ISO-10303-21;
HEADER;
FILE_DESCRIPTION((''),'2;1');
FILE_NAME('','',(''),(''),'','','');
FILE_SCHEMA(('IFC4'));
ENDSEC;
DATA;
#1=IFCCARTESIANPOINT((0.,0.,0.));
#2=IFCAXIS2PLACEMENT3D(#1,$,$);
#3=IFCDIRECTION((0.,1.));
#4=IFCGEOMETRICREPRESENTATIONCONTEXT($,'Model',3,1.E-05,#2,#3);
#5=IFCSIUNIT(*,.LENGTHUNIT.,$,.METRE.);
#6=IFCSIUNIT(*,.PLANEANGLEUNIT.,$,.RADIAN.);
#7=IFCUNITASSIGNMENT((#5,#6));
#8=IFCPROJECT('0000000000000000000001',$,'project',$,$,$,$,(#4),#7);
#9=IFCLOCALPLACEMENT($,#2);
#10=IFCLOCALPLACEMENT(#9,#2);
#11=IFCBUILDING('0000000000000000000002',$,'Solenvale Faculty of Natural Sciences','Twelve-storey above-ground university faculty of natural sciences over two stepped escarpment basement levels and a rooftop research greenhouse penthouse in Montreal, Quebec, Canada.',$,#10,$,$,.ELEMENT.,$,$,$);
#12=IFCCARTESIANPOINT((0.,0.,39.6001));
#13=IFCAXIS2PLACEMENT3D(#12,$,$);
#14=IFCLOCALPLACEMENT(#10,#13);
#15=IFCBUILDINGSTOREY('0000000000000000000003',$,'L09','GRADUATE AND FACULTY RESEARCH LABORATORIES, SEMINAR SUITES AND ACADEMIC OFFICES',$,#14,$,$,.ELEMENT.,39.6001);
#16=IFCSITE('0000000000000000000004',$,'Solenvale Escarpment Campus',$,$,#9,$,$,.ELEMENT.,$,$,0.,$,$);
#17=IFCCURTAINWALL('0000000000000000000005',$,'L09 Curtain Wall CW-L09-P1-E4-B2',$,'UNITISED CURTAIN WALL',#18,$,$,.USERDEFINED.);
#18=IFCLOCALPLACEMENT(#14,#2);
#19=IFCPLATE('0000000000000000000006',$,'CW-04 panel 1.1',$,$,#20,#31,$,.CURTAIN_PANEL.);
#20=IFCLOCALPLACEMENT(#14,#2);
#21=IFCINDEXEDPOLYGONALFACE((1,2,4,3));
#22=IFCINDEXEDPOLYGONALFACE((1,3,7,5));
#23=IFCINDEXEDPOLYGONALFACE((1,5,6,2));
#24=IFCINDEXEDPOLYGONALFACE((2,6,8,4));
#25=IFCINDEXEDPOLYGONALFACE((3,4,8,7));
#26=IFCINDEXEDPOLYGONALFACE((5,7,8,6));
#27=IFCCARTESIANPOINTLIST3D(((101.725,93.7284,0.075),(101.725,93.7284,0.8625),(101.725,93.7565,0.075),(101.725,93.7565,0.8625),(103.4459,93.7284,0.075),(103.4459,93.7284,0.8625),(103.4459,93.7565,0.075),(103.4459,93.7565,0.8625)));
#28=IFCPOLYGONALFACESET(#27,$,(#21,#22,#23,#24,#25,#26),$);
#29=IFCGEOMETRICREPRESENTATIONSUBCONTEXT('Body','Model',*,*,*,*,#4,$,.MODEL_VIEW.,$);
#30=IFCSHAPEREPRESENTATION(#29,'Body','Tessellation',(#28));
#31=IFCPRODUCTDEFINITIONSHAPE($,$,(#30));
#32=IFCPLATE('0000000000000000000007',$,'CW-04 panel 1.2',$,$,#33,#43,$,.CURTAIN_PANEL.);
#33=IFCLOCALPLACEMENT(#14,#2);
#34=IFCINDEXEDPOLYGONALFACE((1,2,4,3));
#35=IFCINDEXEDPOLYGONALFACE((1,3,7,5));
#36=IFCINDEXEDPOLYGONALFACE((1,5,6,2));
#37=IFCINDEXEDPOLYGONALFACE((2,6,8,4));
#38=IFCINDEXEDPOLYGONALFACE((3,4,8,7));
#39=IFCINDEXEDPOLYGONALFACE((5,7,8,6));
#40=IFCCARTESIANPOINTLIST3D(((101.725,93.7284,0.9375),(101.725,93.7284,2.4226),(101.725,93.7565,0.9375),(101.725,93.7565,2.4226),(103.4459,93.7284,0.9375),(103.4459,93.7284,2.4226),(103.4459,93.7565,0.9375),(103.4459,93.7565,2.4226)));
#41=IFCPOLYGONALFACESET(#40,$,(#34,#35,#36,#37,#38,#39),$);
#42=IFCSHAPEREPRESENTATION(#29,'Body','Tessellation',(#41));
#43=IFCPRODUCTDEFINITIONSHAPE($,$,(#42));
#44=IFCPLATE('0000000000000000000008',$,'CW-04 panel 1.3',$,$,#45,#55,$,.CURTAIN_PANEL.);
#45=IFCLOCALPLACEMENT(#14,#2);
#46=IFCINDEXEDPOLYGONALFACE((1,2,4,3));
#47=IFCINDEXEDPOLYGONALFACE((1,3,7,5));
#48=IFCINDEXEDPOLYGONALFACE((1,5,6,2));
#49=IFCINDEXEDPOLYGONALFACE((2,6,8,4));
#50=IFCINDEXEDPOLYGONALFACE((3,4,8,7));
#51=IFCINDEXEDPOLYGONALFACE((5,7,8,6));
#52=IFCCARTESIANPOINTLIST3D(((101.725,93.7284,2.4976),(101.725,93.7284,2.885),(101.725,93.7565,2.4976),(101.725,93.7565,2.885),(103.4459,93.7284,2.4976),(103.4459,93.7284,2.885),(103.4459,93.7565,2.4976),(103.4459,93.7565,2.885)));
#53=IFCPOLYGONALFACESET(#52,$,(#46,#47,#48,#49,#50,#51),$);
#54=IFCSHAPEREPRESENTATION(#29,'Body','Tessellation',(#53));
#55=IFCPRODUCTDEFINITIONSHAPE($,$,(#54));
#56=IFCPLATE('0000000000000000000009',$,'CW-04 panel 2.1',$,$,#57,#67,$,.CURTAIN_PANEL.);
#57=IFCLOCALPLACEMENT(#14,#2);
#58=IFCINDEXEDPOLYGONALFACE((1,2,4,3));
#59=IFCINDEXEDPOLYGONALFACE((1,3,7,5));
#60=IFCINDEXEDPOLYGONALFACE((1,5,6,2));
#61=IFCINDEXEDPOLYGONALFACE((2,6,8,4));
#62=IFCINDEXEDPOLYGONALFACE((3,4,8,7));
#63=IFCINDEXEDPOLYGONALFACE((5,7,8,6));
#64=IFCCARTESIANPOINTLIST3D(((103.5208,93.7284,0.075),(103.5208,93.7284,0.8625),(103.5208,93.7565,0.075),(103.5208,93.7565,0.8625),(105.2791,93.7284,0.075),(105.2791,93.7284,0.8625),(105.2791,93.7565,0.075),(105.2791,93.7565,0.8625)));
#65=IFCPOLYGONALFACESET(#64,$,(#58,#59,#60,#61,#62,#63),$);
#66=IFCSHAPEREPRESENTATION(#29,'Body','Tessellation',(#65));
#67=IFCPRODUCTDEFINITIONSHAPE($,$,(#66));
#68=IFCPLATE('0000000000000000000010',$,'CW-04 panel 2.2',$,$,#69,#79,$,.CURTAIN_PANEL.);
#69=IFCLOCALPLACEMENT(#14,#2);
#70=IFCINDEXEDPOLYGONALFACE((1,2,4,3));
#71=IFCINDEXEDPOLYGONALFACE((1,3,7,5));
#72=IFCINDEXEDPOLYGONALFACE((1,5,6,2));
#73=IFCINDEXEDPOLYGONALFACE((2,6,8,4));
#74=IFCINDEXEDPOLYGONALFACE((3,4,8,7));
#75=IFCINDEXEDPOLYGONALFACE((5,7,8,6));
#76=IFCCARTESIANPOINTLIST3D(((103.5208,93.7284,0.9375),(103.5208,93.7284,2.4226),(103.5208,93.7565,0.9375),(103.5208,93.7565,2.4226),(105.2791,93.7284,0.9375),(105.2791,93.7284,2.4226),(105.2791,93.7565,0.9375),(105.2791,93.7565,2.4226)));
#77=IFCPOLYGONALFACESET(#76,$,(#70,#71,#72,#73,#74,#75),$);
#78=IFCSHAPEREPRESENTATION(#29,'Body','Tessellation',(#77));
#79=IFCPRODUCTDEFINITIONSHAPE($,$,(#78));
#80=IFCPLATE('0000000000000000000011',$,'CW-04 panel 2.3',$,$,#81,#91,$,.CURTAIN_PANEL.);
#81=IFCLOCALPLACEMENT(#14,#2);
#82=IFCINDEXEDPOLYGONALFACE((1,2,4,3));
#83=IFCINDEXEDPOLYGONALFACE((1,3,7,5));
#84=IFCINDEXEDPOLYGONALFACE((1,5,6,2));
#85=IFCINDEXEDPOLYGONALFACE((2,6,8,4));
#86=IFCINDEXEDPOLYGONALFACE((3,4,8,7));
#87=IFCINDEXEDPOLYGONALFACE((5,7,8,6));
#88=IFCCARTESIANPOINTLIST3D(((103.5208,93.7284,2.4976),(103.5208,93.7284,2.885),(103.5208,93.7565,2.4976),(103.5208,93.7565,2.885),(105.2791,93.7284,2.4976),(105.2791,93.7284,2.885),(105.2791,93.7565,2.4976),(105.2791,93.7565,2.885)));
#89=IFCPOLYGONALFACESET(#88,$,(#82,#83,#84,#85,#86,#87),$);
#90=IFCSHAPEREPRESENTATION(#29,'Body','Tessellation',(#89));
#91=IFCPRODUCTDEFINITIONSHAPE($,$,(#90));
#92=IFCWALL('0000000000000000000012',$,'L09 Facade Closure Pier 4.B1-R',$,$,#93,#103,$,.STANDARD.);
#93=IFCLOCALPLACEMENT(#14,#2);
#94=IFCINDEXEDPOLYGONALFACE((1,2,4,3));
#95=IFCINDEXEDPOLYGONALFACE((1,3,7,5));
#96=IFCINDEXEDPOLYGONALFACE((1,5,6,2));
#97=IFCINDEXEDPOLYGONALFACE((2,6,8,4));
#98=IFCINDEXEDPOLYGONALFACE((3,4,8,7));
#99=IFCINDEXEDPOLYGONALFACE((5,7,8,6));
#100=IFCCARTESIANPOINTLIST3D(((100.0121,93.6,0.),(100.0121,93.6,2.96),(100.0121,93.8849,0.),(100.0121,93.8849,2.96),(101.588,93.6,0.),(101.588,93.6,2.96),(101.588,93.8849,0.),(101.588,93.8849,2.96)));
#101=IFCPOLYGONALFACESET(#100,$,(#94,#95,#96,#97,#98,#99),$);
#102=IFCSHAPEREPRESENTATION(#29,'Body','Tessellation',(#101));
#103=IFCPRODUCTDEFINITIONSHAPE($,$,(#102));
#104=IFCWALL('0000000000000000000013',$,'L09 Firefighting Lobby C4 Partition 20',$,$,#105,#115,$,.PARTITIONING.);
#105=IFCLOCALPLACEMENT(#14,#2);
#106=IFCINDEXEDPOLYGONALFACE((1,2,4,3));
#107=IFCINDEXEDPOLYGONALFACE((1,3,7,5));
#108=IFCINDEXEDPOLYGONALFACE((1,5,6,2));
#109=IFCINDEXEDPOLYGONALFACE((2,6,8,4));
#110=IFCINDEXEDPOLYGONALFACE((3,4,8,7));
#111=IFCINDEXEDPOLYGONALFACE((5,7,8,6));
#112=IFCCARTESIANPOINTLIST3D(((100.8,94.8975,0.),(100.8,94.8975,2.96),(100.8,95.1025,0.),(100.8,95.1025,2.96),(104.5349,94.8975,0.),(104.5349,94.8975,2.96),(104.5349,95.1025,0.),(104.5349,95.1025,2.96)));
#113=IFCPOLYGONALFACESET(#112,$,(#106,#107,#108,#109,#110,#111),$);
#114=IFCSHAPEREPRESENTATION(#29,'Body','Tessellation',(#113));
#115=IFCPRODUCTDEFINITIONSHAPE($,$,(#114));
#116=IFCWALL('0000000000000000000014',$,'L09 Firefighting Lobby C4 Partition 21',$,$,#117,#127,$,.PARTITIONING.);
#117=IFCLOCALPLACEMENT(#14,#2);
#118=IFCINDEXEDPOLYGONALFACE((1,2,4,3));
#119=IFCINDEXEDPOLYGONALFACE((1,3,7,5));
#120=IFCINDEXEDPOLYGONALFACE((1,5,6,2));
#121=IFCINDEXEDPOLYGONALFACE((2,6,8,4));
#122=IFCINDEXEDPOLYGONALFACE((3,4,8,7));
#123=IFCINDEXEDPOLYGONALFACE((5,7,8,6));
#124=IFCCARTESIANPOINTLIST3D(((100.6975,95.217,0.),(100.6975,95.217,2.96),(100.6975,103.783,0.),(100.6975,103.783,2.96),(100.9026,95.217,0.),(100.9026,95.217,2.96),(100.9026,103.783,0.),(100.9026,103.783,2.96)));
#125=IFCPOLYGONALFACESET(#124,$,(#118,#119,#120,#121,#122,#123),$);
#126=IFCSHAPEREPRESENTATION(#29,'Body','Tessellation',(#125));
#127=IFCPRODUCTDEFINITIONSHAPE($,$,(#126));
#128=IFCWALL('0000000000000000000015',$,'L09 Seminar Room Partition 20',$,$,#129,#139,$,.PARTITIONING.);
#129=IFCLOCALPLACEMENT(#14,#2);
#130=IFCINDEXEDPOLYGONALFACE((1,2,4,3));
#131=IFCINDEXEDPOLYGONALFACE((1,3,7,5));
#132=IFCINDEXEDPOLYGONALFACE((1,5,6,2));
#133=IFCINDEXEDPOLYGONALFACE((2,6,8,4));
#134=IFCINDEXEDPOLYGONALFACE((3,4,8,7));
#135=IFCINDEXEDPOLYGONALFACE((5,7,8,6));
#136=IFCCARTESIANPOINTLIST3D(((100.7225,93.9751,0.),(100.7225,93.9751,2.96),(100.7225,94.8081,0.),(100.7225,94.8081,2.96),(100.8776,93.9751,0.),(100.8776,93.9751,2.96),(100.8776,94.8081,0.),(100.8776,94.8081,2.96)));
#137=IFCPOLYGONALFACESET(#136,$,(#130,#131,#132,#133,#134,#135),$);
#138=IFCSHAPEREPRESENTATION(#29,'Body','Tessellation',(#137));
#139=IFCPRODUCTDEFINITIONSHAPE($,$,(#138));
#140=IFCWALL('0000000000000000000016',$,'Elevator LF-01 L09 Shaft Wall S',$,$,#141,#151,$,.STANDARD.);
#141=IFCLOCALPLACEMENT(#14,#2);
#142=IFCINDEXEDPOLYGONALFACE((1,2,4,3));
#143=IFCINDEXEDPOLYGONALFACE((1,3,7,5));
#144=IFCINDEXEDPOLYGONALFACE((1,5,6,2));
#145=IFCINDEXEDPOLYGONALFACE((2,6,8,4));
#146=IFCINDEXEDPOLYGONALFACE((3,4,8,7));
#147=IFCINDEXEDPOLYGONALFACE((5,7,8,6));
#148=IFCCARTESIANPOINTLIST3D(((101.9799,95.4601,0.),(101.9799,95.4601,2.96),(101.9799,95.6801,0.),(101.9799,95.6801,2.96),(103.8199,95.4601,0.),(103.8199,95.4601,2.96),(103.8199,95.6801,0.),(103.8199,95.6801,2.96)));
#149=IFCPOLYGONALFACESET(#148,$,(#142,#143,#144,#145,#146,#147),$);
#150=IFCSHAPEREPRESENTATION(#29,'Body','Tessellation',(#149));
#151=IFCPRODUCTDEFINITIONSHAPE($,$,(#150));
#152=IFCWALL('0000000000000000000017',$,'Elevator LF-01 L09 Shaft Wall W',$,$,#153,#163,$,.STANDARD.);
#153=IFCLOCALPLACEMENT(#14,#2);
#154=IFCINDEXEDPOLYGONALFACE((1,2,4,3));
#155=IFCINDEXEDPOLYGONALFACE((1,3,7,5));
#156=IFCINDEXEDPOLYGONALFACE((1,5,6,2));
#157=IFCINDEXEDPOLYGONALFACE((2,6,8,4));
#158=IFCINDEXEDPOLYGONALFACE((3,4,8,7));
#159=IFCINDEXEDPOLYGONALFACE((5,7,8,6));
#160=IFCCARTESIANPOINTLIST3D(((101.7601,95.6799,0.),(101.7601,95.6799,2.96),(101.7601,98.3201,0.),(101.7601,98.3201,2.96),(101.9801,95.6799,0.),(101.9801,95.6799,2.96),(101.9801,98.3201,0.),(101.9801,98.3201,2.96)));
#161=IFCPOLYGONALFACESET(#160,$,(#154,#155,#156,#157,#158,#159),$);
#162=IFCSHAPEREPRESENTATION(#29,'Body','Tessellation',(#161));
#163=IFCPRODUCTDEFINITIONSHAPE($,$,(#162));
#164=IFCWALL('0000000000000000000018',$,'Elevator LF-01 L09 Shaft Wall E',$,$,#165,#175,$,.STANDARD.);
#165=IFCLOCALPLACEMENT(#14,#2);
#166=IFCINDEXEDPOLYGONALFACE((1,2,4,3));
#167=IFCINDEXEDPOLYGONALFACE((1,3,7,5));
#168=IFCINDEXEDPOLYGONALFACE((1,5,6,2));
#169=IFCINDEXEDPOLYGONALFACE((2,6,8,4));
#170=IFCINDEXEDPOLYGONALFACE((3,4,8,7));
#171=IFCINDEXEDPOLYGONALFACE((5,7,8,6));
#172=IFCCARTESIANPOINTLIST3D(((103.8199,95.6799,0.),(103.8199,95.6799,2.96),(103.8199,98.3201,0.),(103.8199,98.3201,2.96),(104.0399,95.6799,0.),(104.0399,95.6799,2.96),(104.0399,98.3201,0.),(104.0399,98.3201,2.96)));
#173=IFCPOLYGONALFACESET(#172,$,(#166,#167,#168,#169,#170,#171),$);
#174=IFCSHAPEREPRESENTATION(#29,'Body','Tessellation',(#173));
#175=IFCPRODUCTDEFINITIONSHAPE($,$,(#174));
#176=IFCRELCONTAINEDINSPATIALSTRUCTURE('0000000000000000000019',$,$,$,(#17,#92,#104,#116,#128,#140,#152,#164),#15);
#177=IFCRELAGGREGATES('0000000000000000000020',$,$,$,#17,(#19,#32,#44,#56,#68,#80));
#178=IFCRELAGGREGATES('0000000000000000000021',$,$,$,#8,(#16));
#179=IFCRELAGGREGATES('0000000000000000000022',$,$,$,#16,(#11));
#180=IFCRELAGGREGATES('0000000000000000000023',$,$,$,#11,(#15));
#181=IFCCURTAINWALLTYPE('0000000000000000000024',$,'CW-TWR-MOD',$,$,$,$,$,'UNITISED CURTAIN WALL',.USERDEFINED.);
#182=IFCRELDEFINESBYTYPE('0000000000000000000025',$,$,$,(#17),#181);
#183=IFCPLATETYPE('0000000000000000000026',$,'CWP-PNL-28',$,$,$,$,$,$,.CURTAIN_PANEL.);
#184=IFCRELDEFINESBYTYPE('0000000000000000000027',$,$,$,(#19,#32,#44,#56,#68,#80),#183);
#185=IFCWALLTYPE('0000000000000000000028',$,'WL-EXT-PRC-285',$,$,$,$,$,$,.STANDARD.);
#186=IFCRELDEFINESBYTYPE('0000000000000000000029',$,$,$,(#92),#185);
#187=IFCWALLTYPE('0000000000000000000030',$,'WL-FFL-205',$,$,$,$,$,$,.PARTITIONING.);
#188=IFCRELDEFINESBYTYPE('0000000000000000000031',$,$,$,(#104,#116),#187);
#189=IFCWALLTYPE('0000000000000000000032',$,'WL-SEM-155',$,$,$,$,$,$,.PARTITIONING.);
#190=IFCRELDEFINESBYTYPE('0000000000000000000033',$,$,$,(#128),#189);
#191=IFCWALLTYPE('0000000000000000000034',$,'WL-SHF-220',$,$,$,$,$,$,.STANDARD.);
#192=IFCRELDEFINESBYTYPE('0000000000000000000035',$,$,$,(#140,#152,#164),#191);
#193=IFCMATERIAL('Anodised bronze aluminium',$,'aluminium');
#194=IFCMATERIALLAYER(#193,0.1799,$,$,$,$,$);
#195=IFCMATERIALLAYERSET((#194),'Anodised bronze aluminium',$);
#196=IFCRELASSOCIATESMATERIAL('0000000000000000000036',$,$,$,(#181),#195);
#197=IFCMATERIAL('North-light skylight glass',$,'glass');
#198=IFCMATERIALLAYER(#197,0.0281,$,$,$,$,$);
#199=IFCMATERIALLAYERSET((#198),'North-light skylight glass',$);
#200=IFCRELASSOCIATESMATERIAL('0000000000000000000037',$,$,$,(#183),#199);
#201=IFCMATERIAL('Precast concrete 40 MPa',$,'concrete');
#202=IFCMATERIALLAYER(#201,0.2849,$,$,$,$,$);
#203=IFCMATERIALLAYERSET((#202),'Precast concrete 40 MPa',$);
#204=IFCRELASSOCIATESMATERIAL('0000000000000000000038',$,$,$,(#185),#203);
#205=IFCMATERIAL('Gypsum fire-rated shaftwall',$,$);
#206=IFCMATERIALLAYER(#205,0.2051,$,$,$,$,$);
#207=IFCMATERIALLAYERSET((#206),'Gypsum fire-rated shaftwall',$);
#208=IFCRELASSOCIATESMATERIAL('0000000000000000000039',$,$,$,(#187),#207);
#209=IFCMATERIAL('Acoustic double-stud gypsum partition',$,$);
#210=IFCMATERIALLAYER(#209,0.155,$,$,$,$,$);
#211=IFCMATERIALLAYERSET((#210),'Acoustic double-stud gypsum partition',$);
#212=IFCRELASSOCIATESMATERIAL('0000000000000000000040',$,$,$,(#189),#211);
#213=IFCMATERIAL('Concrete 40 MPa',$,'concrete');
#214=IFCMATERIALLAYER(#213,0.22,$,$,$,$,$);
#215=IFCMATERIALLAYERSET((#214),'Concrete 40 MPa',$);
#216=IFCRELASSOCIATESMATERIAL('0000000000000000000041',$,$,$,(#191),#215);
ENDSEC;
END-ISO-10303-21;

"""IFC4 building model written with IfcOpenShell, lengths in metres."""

from ifc_helpers import new_model, si_unit, direction, frame, frame_2d, origin, origin_2d, place, context, subcontext, project, spatial, rectangle, extrude, material, layer, layer_set, type_object, element, aggregate, save


model = new_model("IFC4")

# Units and contexts
model_context = context("Model", 3, precision=1e-05, world=origin(), true_north=direction((0.0, 1.0)))
body_context = subcontext(model_context, "Body", "Model", "MODEL_VIEW")
ifc_project = project(units=[si_unit("LENGTHUNIT", "METRE"), si_unit("PLANEANGLEUNIT", "RADIAN")], contexts=[model_context])

# Site, building, storey
site_placement = place(None, origin())
site = spatial("IfcSite", under=ifc_project, at=site_placement, Name="Solenvale Escarpment Campus", CompositionType="ELEMENT", RefElevation=0.0)
building_placement = place(site_placement, origin())
building = spatial("IfcBuilding", under=site, at=building_placement, Name="Solenvale Faculty of Natural Sciences", Description="Twelve-storey above-ground university faculty of natural sciences over two stepped escarpment basement levels and a rooftop research greenhouse penthouse in Montreal, Quebec, Canada.", CompositionType="ELEMENT")
storey_placement = place(building_placement, frame((0.0, 0.0, 39.6001)))
storey = spatial("IfcBuildingStorey", under=building, at=storey_placement, Name="L09", Description="GRADUATE AND FACULTY RESEARCH LABORATORIES, SEMINAR SUITES AND ACADEMIC OFFICES", CompositionType="ELEMENT", Elevation=39.6001)

# Shared definitions
ifc_material_1 = material(Name="Concrete 40 MPa", Category="concrete")

# Shared definitions
ifc_material_2 = material(Name="Anodised bronze aluminium", Category="aluminium")
ifc_layer_1 = layer(ifc_material_2, 0.1799)
ifc_layer_set_1 = layer_set([ifc_layer_1], Name="Anodised bronze aluminium")
curtain_wall_type = type_object("IfcCurtainWallType", Name="CW-TWR-MOD", ElementType="UNITISED CURTAIN WALL", PredefinedType="USERDEFINED", material=ifc_layer_set_1)

# Curtain wall, plates
curtain_wall_1_placement = place(storey_placement, origin())
curtain_wall_1 = element("IfcCurtainWall", 1, at=curtain_wall_1_placement, inside=storey, type_object=curtain_wall_type, Name="L09 Curtain Wall CW-L09-P1-E4-B2", ObjectType="UNITISED CURTAIN WALL", PredefinedType="USERDEFINED")
ifc_material_3 = material(Name="North-light skylight glass", Category="glass")
ifc_layer_2 = layer(ifc_material_3, 0.0281)
ifc_layer_set_2 = layer_set([ifc_layer_2], Name="North-light skylight glass")
plate_type = type_object("IfcPlateType", Name="CWP-PNL-28", PredefinedType="CURTAIN_PANEL", material=ifc_layer_set_2)
plate_1_placement = place(storey_placement, frame((102.5854, 93.7424, 0.075), z_axis=(0.0, 0.0, 1.0), x_axis=(1.0, 0.0, 0.0)))
plate_1 = element("IfcPlate", 2, at=plate_1_placement, type_object=plate_type, Name="CW-04 panel 1.1", PredefinedType="CURTAIN_PANEL", context=body_context, shape_type="SweptSolid", body=[
    extrude(rectangle(XDim=1.7209, YDim=0.0281, at=origin_2d()), origin(), (0.0, 0.0, 1.0), 0.7876),
])
plate_2_placement = place(storey_placement, frame((102.5854, 93.7424, 0.9375), z_axis=(0.0, 0.0, 1.0), x_axis=(1.0, 0.0, 0.0)))
plate_2 = element("IfcPlate", 3, at=plate_2_placement, type_object=plate_type, Name="CW-04 panel 1.2", PredefinedType="CURTAIN_PANEL", context=body_context, shape_type="SweptSolid", body=[
    extrude(rectangle(XDim=1.7209, YDim=0.0281, at=origin_2d()), origin(), (0.0, 0.0, 1.0), 1.4851),
])
plate_3_placement = place(storey_placement, frame((102.5854, 93.7424, 2.4976), z_axis=(0.0, 0.0, 1.0), x_axis=(1.0, 0.0, 0.0)))
plate_3 = element("IfcPlate", 4, at=plate_3_placement, type_object=plate_type, Name="CW-04 panel 1.3", PredefinedType="CURTAIN_PANEL", context=body_context, shape_type="SweptSolid", body=[
    extrude(rectangle(XDim=1.7209, YDim=0.0281, at=origin_2d()), origin(), (0.0, 0.0, 1.0), 0.3875),
])
plate_4_placement = place(storey_placement, frame((104.3999, 93.7424, 0.075), z_axis=(0.0, 0.0, 1.0), x_axis=(1.0, 0.0, 0.0)))
plate_4 = element("IfcPlate", 5, at=plate_4_placement, type_object=plate_type, Name="CW-04 panel 2.1", PredefinedType="CURTAIN_PANEL", context=body_context, shape_type="SweptSolid", body=[
    extrude(rectangle(XDim=1.7583, YDim=0.0281, at=origin_2d()), origin(), (0.0, 0.0, 1.0), 0.7876),
])
plate_5_placement = place(storey_placement, frame((104.3999, 93.7424, 0.9375), z_axis=(0.0, 0.0, 1.0), x_axis=(1.0, 0.0, 0.0)))
plate_5 = element("IfcPlate", 6, at=plate_5_placement, type_object=plate_type, Name="CW-04 panel 2.2", PredefinedType="CURTAIN_PANEL", context=body_context, shape_type="SweptSolid", body=[
    extrude(rectangle(XDim=1.7583, YDim=0.0281, at=origin_2d()), origin(), (0.0, 0.0, 1.0), 1.4851),
])
plate_6_placement = place(storey_placement, frame((104.3999, 93.7424, 2.4976), z_axis=(0.0, 0.0, 1.0), x_axis=(1.0, 0.0, 0.0)))
plate_6 = element("IfcPlate", 7, at=plate_6_placement, type_object=plate_type, Name="CW-04 panel 2.3", PredefinedType="CURTAIN_PANEL", context=body_context, shape_type="SweptSolid", body=[
    extrude(rectangle(XDim=1.7583, YDim=0.0281, at=origin_2d()), origin(), (0.0, 0.0, 1.0), 0.3875),
])
aggregate(curtain_wall_1, [plate_1, plate_2, plate_3, plate_4, plate_5, plate_6])

# Walls
ifc_material_4 = material(Name="Precast concrete 40 MPa", Category="concrete")
ifc_layer_3 = layer(ifc_material_4, 0.2849)
ifc_layer_set_3 = layer_set([ifc_layer_3], Name="Precast concrete 40 MPa")
wall_type_1 = type_object("IfcWallType", Name="WL-EXT-PRC-285", PredefinedType="STANDARD", material=ifc_layer_set_3)
wall_1_placement = place(storey_placement, frame((100.012, 93.7424, 0.0), z_axis=(0.0, 0.0, 1.0), x_axis=(1.0, 0.0, 0.0)))
element("IfcWall", 8, at=wall_1_placement, inside=storey, type_object=wall_type_1, Name="L09 Facade Closure Pier 4.B1-R", PredefinedType="STANDARD", context=body_context, shape_type="SweptSolid", body=[
    extrude(rectangle(XDim=1.5759, YDim=0.2849, at=frame_2d((0.7881, 0.0))), origin(), (0.0, 0.0, 1.0), 2.96),
])
ifc_material_5 = material(Name="Gypsum fire-rated shaftwall")
ifc_layer_4 = layer(ifc_material_5, 0.2051)
ifc_layer_set_4 = layer_set([ifc_layer_4], Name="Gypsum fire-rated shaftwall")
wall_type_2 = type_object("IfcWallType", Name="WL-FFL-205", PredefinedType="PARTITIONING", material=ifc_layer_set_4)
wall_2_placement = place(storey_placement, frame((104.5349, 95.0, 0.0), z_axis=(0.0, 0.0, 1.0), x_axis=(-1.0, 0.0, 0.0)))
element("IfcWall", 9, at=wall_2_placement, inside=storey, type_object=wall_type_2, Name="L09 Firefighting Lobby C4 Partition 20", PredefinedType="PARTITIONING", context=body_context, shape_type="SweptSolid", body=[
    extrude(rectangle(XDim=3.7349, YDim=0.2051, at=frame_2d((1.8674, 0.0))), origin(), (0.0, 0.0, 1.0), 2.96),
])
wall_3_placement = place(storey_placement, frame((100.8, 95.217, 0.0), z_axis=(0.0, 0.0, 1.0), x_axis=(0.0, 1.0, 0.0)))
element("IfcWall", 10, at=wall_3_placement, inside=storey, type_object=wall_type_2, Name="L09 Firefighting Lobby C4 Partition 21", PredefinedType="PARTITIONING", context=body_context, shape_type="SweptSolid", body=[
    extrude(rectangle(XDim=8.5659, YDim=0.2051, at=frame_2d((4.283, 0.0))), origin(), (0.0, 0.0, 1.0), 2.96),
])
ifc_material_6 = material(Name="Acoustic double-stud gypsum partition")
ifc_layer_5 = layer(ifc_material_6, 0.155)
ifc_layer_set_5 = layer_set([ifc_layer_5], Name="Acoustic double-stud gypsum partition")
wall_type_3 = type_object("IfcWallType", Name="WL-SEM-155", PredefinedType="PARTITIONING", material=ifc_layer_set_5)
wall_4_placement = place(storey_placement, frame((100.8, 94.8081, 0.0), z_axis=(0.0, 0.0, 1.0), x_axis=(0.0, -1.0, 0.0)))
element("IfcWall", 11, at=wall_4_placement, inside=storey, type_object=wall_type_3, Name="L09 Seminar Room Partition 20", PredefinedType="PARTITIONING", context=body_context, shape_type="SweptSolid", body=[
    extrude(rectangle(XDim=0.833, YDim=0.155, at=frame_2d((0.4165, 0.0))), origin(), (0.0, 0.0, 1.0), 2.96),
])
ifc_layer_6 = layer(ifc_material_1, 0.22)
ifc_layer_set_6 = layer_set([ifc_layer_6], Name="Concrete 40 MPa")
wall_type_4 = type_object("IfcWallType", Name="WL-SHF-220", PredefinedType="STANDARD", material=ifc_layer_set_6)
wall_5_placement = place(storey_placement, frame((101.98, 95.5701, 0.0), z_axis=(0.0, 0.0, 1.0), x_axis=(1.0, 0.0, 0.0)))
element("IfcWall", 12, at=wall_5_placement, inside=storey, type_object=wall_type_4, Name="Elevator LF-01 L09 Shaft Wall S", PredefinedType="STANDARD", context=body_context, shape_type="SweptSolid", body=[
    extrude(rectangle(XDim=1.8401, YDim=0.22, at=frame_2d((0.9199, 0.0))), origin(), (0.0, 0.0, 1.0), 2.96),
])
for number, where, z_axis, x_axis, name in (
    (13, (101.8701, 95.6799, 0.0), (0.0, 0.0, 1.0), (0.0, 1.0, 0.0), "Elevator LF-01 L09 Shaft Wall W"),
    (14, (103.9299, 95.6799, 0.0), (0.0, 0.0, 1.0), (0.0, 1.0, 0.0), "Elevator LF-01 L09 Shaft Wall E"),
):
    element("IfcWall", number, at=place(storey_placement, frame(where, z_axis=z_axis, x_axis=x_axis)), inside=storey, type_object=wall_type_4, Name=name, PredefinedType="STANDARD", context=body_context, shape_type="SweptSolid", body=[
        extrude(rectangle(XDim=2.6401, YDim=0.22, at=frame_2d((1.3201, 0.0))), origin(), (0.0, 0.0, 1.0), 2.96),
    ])

save(model, "model.ifc")
